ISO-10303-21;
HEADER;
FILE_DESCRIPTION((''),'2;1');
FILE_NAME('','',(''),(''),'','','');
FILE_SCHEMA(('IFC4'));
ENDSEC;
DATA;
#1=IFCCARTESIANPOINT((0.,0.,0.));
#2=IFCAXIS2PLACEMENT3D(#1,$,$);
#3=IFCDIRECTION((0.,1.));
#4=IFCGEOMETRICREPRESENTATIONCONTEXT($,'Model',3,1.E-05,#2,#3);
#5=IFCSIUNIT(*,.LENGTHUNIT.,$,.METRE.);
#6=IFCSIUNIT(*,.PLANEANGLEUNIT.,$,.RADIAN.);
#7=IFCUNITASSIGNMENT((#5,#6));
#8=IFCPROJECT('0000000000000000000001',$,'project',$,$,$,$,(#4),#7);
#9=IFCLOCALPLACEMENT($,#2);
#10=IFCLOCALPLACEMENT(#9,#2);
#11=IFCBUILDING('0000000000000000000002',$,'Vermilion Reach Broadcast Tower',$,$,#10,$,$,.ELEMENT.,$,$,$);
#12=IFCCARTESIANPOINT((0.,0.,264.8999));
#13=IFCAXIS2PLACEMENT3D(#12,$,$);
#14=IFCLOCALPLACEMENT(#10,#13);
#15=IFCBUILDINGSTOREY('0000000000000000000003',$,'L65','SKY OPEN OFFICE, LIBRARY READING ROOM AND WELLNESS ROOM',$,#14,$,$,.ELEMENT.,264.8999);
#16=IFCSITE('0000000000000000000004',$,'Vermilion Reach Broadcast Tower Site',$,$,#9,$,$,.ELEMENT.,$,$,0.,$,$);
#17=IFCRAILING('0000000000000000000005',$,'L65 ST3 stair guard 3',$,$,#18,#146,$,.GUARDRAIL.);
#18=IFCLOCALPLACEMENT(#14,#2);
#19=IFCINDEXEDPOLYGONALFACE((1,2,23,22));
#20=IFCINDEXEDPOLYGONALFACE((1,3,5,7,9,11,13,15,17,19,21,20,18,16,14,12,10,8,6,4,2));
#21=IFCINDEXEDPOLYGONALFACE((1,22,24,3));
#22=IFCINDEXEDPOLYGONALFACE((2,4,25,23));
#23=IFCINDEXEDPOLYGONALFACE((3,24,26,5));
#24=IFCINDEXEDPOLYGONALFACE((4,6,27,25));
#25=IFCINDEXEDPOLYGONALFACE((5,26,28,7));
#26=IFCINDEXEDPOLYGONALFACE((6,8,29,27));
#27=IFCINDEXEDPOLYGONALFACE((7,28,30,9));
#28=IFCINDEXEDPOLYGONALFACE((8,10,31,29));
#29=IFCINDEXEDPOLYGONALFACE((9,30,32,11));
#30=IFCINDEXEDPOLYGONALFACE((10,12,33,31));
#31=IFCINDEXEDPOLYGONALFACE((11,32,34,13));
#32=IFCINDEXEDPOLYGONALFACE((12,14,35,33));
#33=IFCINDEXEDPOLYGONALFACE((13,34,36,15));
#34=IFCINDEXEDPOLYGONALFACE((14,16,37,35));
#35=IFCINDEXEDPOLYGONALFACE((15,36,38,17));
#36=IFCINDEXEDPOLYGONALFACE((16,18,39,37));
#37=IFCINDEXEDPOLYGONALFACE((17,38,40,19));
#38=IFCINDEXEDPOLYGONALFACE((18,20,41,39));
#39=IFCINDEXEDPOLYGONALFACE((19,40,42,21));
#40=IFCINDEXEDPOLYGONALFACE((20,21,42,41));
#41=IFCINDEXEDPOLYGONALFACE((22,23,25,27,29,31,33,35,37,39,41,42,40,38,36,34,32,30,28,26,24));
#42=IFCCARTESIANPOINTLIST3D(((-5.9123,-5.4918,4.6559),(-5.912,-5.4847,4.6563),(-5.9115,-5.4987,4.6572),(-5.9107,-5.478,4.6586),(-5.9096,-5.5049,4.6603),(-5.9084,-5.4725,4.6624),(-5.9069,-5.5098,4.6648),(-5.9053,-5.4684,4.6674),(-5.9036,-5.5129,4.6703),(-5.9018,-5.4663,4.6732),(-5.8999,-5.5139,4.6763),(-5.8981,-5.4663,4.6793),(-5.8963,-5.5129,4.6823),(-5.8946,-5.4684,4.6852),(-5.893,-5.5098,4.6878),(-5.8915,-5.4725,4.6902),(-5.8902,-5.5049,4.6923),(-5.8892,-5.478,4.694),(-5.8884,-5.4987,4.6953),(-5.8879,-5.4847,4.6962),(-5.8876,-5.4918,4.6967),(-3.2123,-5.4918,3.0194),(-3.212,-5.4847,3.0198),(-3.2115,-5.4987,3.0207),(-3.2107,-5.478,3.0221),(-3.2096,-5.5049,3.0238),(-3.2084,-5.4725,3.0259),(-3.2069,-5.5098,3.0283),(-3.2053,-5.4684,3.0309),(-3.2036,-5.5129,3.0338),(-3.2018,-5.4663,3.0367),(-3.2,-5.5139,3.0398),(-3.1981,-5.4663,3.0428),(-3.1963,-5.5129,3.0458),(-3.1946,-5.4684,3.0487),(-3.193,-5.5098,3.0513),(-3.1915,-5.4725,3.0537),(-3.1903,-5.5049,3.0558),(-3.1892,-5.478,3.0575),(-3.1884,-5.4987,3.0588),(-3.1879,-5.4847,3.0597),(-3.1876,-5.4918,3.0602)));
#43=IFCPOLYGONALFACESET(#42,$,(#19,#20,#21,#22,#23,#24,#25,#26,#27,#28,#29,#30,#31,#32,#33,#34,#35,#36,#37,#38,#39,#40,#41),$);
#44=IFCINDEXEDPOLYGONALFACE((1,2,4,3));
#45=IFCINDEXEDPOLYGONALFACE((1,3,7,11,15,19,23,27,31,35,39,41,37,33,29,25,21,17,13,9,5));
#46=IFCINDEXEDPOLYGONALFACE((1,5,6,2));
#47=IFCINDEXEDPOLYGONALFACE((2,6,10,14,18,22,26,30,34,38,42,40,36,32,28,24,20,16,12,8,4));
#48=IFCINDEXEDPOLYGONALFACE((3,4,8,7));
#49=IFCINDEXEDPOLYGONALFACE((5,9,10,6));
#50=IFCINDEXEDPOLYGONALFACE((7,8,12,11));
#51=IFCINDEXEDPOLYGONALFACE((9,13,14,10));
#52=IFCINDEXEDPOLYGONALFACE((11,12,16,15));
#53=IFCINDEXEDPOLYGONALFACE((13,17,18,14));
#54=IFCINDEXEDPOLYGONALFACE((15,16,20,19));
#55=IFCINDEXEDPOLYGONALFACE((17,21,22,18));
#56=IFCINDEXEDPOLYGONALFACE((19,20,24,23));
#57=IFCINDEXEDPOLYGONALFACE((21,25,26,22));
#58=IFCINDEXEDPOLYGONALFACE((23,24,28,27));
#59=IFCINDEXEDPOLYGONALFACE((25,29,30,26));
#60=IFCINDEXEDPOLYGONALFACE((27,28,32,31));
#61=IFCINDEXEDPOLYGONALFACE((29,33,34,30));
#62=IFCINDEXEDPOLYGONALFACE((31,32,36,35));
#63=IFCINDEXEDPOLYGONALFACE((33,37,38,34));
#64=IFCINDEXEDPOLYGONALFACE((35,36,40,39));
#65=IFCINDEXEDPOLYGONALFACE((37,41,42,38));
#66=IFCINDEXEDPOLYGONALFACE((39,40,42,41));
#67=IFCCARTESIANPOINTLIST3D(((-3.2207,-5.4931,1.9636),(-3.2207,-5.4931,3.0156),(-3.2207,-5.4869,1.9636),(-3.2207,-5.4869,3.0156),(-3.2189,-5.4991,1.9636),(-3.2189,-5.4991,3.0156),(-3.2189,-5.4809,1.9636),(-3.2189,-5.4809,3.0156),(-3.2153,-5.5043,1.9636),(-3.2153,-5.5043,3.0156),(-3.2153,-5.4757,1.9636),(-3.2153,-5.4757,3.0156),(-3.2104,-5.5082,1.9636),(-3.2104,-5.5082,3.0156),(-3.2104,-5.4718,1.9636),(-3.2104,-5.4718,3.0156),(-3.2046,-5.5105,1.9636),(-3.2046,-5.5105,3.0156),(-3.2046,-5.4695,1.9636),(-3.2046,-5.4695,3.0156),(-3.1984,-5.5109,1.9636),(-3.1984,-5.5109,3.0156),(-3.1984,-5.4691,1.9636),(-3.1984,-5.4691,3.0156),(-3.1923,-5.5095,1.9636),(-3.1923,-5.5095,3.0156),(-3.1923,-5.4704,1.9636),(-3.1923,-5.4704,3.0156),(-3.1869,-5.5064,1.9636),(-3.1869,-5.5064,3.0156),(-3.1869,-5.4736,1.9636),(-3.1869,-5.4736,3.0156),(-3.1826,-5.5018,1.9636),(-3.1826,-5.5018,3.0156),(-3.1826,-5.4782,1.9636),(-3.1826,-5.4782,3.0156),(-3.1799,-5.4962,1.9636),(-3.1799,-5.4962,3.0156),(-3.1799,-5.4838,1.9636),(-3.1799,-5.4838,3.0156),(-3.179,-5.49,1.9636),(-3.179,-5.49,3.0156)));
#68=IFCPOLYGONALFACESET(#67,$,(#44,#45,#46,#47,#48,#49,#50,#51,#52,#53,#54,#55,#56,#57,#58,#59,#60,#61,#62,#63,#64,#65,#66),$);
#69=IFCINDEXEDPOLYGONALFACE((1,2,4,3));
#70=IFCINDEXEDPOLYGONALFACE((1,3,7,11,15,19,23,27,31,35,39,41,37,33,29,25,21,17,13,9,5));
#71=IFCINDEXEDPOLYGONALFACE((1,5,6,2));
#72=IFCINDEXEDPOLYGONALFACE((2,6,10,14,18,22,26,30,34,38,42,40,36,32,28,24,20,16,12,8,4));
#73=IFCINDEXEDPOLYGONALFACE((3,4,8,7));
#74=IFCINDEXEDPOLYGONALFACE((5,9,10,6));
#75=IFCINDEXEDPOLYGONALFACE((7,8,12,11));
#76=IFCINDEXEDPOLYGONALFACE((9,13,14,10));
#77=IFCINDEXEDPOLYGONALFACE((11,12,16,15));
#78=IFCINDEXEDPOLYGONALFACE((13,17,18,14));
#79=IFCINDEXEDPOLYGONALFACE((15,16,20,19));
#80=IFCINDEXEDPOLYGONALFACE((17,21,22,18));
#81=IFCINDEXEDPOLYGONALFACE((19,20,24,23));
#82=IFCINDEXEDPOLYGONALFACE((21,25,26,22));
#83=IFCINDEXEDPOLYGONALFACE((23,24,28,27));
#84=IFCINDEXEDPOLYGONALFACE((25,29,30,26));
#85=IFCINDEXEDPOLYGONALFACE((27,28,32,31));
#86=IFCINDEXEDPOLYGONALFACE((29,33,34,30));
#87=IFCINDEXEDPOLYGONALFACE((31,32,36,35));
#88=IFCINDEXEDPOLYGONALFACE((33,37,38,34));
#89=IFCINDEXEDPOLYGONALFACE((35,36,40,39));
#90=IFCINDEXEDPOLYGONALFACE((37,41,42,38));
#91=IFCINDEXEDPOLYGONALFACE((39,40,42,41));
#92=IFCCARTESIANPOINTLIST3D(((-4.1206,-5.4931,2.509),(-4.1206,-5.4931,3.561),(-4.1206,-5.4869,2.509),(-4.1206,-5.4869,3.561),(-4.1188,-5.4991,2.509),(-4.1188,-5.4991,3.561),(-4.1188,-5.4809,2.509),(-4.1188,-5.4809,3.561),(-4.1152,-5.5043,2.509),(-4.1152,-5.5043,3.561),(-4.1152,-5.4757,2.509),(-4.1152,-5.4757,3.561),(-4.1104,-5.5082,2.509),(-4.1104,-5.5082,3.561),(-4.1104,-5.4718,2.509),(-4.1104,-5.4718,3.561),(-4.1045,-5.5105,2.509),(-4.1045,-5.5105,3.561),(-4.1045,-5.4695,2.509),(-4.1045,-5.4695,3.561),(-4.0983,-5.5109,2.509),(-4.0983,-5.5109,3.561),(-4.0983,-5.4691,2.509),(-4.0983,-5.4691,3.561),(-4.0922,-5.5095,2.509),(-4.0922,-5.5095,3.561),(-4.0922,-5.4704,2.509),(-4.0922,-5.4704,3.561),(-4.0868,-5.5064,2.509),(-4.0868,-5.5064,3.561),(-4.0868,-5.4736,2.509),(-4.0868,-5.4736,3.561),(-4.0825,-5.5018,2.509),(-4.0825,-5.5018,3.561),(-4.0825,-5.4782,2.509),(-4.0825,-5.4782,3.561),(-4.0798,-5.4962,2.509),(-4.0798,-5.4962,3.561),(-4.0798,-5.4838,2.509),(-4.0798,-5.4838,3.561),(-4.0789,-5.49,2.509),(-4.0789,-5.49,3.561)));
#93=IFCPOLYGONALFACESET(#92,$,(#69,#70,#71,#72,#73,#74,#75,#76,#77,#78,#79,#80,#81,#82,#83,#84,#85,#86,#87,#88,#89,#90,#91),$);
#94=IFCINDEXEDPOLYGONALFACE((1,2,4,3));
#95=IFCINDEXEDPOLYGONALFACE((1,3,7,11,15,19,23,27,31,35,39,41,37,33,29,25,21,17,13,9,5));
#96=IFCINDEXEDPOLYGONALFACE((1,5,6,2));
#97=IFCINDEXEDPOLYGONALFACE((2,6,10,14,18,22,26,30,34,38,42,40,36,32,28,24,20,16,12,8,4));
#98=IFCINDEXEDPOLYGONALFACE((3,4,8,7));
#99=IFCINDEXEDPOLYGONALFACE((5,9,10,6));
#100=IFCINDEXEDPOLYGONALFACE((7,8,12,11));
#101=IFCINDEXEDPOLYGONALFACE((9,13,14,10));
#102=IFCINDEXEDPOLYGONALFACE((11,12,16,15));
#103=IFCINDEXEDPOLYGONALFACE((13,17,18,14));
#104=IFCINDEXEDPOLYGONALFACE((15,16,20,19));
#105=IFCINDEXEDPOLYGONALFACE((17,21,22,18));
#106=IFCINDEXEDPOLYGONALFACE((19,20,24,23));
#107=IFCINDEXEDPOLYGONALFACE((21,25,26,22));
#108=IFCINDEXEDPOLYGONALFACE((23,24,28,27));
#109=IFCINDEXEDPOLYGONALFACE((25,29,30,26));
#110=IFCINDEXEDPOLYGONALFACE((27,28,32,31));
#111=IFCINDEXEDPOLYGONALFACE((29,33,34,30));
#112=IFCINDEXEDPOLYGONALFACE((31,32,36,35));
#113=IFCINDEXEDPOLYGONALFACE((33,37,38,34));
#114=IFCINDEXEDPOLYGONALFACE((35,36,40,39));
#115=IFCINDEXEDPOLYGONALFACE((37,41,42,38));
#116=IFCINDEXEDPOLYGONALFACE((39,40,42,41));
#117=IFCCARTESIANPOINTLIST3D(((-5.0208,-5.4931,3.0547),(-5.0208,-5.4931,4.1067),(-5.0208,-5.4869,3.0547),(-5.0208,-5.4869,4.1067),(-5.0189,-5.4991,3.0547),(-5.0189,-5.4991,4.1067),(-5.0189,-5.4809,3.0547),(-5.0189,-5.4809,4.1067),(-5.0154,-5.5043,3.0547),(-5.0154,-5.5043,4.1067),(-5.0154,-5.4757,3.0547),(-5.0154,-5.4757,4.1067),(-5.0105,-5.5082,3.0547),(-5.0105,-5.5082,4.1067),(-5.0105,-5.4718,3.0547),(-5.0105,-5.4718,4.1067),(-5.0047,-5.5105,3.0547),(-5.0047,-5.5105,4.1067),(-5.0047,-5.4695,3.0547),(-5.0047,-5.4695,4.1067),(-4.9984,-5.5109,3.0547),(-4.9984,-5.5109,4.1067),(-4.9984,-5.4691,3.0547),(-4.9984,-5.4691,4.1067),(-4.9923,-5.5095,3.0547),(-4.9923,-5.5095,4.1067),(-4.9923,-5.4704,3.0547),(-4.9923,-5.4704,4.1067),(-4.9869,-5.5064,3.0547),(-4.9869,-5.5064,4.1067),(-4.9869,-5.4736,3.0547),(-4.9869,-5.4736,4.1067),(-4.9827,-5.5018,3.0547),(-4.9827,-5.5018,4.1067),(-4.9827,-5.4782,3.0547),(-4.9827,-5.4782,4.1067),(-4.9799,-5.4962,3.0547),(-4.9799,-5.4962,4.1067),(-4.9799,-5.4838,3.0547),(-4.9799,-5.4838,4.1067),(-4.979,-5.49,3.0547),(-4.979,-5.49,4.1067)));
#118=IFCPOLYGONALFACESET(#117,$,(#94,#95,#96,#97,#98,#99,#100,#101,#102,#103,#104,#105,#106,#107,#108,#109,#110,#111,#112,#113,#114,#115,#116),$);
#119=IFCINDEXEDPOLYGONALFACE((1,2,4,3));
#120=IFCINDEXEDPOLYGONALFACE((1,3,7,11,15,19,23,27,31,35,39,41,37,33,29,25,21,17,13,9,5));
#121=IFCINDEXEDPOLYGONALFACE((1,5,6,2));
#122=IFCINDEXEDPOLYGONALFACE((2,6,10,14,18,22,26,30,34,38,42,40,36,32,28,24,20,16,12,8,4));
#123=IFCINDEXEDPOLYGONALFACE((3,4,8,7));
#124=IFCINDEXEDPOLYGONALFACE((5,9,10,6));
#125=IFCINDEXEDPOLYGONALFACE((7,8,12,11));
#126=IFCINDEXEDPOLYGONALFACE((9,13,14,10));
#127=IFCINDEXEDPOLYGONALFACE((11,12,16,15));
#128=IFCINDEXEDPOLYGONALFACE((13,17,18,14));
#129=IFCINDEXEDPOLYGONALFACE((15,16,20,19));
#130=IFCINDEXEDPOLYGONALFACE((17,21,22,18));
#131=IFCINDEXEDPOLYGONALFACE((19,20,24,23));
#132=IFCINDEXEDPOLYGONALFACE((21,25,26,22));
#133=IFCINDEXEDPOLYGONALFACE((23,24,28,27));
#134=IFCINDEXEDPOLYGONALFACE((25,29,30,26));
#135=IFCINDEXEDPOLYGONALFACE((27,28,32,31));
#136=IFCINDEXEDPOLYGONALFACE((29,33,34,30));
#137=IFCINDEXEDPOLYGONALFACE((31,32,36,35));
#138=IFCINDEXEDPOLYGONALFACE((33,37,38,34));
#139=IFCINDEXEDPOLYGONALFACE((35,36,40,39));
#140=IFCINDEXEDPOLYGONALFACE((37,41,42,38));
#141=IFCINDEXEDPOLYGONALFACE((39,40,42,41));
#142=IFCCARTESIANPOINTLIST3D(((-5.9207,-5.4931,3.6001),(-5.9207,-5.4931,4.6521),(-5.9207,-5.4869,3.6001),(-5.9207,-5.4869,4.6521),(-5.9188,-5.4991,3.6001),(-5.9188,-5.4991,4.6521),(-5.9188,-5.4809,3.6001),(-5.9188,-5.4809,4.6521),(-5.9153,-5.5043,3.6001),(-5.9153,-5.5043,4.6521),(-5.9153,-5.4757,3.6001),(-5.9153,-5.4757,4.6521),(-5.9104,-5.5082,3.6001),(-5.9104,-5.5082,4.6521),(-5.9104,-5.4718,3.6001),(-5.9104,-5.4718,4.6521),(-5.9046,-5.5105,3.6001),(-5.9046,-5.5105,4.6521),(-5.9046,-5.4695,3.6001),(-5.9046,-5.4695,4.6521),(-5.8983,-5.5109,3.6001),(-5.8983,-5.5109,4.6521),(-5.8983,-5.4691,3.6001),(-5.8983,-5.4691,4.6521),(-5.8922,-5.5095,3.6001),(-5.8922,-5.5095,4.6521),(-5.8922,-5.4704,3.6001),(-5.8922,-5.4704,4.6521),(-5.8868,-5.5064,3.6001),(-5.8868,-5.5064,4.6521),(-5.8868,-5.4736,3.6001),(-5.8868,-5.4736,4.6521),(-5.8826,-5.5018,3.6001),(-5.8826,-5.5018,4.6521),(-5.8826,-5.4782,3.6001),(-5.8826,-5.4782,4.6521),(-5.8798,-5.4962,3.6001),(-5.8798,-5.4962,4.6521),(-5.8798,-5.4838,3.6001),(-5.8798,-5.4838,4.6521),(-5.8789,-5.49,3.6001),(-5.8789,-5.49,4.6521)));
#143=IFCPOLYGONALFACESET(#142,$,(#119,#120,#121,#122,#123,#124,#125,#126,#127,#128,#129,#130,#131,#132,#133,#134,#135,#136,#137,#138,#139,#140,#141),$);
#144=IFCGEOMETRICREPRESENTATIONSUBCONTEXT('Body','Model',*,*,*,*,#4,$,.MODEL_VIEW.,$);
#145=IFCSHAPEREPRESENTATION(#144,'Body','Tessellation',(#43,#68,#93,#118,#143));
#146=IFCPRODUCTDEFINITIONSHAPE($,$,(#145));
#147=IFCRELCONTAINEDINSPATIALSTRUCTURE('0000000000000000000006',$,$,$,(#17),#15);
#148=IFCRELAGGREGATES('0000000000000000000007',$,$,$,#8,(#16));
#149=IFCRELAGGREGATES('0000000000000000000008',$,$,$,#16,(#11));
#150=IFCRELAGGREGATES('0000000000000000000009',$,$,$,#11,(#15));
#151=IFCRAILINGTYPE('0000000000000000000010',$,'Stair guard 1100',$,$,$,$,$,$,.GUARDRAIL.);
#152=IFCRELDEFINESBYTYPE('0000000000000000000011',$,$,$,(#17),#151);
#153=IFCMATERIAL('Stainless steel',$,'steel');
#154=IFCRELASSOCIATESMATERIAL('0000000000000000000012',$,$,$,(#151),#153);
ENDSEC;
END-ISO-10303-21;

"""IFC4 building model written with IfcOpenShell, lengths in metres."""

from ifc_helpers import new_model, si_unit, direction, frame, origin, origin_2d, place, context, subcontext, project, spatial, circle, extrude, material, type_object, element, save


model = new_model("IFC4")

# Units and contexts
model_context = context("Model", 3, precision=1e-05, world=origin(), true_north=direction((0.0, 1.0)))
body_context = subcontext(model_context, "Body", "Model", "MODEL_VIEW")
ifc_project = project(units=[si_unit("LENGTHUNIT", "METRE"), si_unit("PLANEANGLEUNIT", "RADIAN")], contexts=[model_context])

# Site, building, storey
site_placement = place(None, origin())
site = spatial("IfcSite", under=ifc_project, at=site_placement, Name="Vermilion Reach Broadcast Tower Site", CompositionType="ELEMENT", RefElevation=0.0)
building_placement = place(site_placement, origin())
building = spatial("IfcBuilding", under=site, at=building_placement, Name="Vermilion Reach Broadcast Tower", CompositionType="ELEMENT")
storey_placement = place(building_placement, frame((0.0, 0.0, 264.8999)))
storey = spatial("IfcBuildingStorey", under=building, at=storey_placement, Name="L65", Description="SKY OPEN OFFICE, LIBRARY READING ROOM AND WELLNESS ROOM", CompositionType="ELEMENT", Elevation=264.8999)

# Railing
ifc_material_1 = material(Name="Stainless steel", Category="steel")
railing_type_1 = type_object("IfcRailingType", Name="Stair guard 1100", PredefinedType="GUARDRAIL", material=ifc_material_1)
railing_1_placement = place(storey_placement, frame((-3.2, -5.49, 1.9636)))
element("IfcRailing", 1, at=railing_1_placement, inside=storey, type_object=railing_type_1, Name="L65 ST3 stair guard 3", PredefinedType="GUARDRAIL", context=body_context, shape_type="SweptSolid", body=[
    extrude(circle(Radius=0.0239, at=origin_2d()), frame((0.0, 0.0, 1.0762), z_axis=(-0.855178, 0.0, 0.518334), x_axis=(0.0, -1.0, 0.0)), (0.0, 0.0, 1.0), 3.1572),
    extrude(circle(Radius=0.021, at=origin_2d()), origin(), (0.0, 0.0, 1.0), 1.052),
    extrude(circle(Radius=0.021, at=origin_2d()), frame((-0.8999, 0.0, 0.5454)), (0.0, 0.0, 1.0), 1.052),
    extrude(circle(Radius=0.021, at=origin_2d()), frame((-1.8, 0.0, 1.0911)), (0.0, 0.0, 1.0), 1.052),
    extrude(circle(Radius=0.021, at=origin_2d()), frame((-2.7, 0.0, 1.6365)), (0.0, 0.0, 1.0), 1.052),
])

save(model, "model.ifc")
